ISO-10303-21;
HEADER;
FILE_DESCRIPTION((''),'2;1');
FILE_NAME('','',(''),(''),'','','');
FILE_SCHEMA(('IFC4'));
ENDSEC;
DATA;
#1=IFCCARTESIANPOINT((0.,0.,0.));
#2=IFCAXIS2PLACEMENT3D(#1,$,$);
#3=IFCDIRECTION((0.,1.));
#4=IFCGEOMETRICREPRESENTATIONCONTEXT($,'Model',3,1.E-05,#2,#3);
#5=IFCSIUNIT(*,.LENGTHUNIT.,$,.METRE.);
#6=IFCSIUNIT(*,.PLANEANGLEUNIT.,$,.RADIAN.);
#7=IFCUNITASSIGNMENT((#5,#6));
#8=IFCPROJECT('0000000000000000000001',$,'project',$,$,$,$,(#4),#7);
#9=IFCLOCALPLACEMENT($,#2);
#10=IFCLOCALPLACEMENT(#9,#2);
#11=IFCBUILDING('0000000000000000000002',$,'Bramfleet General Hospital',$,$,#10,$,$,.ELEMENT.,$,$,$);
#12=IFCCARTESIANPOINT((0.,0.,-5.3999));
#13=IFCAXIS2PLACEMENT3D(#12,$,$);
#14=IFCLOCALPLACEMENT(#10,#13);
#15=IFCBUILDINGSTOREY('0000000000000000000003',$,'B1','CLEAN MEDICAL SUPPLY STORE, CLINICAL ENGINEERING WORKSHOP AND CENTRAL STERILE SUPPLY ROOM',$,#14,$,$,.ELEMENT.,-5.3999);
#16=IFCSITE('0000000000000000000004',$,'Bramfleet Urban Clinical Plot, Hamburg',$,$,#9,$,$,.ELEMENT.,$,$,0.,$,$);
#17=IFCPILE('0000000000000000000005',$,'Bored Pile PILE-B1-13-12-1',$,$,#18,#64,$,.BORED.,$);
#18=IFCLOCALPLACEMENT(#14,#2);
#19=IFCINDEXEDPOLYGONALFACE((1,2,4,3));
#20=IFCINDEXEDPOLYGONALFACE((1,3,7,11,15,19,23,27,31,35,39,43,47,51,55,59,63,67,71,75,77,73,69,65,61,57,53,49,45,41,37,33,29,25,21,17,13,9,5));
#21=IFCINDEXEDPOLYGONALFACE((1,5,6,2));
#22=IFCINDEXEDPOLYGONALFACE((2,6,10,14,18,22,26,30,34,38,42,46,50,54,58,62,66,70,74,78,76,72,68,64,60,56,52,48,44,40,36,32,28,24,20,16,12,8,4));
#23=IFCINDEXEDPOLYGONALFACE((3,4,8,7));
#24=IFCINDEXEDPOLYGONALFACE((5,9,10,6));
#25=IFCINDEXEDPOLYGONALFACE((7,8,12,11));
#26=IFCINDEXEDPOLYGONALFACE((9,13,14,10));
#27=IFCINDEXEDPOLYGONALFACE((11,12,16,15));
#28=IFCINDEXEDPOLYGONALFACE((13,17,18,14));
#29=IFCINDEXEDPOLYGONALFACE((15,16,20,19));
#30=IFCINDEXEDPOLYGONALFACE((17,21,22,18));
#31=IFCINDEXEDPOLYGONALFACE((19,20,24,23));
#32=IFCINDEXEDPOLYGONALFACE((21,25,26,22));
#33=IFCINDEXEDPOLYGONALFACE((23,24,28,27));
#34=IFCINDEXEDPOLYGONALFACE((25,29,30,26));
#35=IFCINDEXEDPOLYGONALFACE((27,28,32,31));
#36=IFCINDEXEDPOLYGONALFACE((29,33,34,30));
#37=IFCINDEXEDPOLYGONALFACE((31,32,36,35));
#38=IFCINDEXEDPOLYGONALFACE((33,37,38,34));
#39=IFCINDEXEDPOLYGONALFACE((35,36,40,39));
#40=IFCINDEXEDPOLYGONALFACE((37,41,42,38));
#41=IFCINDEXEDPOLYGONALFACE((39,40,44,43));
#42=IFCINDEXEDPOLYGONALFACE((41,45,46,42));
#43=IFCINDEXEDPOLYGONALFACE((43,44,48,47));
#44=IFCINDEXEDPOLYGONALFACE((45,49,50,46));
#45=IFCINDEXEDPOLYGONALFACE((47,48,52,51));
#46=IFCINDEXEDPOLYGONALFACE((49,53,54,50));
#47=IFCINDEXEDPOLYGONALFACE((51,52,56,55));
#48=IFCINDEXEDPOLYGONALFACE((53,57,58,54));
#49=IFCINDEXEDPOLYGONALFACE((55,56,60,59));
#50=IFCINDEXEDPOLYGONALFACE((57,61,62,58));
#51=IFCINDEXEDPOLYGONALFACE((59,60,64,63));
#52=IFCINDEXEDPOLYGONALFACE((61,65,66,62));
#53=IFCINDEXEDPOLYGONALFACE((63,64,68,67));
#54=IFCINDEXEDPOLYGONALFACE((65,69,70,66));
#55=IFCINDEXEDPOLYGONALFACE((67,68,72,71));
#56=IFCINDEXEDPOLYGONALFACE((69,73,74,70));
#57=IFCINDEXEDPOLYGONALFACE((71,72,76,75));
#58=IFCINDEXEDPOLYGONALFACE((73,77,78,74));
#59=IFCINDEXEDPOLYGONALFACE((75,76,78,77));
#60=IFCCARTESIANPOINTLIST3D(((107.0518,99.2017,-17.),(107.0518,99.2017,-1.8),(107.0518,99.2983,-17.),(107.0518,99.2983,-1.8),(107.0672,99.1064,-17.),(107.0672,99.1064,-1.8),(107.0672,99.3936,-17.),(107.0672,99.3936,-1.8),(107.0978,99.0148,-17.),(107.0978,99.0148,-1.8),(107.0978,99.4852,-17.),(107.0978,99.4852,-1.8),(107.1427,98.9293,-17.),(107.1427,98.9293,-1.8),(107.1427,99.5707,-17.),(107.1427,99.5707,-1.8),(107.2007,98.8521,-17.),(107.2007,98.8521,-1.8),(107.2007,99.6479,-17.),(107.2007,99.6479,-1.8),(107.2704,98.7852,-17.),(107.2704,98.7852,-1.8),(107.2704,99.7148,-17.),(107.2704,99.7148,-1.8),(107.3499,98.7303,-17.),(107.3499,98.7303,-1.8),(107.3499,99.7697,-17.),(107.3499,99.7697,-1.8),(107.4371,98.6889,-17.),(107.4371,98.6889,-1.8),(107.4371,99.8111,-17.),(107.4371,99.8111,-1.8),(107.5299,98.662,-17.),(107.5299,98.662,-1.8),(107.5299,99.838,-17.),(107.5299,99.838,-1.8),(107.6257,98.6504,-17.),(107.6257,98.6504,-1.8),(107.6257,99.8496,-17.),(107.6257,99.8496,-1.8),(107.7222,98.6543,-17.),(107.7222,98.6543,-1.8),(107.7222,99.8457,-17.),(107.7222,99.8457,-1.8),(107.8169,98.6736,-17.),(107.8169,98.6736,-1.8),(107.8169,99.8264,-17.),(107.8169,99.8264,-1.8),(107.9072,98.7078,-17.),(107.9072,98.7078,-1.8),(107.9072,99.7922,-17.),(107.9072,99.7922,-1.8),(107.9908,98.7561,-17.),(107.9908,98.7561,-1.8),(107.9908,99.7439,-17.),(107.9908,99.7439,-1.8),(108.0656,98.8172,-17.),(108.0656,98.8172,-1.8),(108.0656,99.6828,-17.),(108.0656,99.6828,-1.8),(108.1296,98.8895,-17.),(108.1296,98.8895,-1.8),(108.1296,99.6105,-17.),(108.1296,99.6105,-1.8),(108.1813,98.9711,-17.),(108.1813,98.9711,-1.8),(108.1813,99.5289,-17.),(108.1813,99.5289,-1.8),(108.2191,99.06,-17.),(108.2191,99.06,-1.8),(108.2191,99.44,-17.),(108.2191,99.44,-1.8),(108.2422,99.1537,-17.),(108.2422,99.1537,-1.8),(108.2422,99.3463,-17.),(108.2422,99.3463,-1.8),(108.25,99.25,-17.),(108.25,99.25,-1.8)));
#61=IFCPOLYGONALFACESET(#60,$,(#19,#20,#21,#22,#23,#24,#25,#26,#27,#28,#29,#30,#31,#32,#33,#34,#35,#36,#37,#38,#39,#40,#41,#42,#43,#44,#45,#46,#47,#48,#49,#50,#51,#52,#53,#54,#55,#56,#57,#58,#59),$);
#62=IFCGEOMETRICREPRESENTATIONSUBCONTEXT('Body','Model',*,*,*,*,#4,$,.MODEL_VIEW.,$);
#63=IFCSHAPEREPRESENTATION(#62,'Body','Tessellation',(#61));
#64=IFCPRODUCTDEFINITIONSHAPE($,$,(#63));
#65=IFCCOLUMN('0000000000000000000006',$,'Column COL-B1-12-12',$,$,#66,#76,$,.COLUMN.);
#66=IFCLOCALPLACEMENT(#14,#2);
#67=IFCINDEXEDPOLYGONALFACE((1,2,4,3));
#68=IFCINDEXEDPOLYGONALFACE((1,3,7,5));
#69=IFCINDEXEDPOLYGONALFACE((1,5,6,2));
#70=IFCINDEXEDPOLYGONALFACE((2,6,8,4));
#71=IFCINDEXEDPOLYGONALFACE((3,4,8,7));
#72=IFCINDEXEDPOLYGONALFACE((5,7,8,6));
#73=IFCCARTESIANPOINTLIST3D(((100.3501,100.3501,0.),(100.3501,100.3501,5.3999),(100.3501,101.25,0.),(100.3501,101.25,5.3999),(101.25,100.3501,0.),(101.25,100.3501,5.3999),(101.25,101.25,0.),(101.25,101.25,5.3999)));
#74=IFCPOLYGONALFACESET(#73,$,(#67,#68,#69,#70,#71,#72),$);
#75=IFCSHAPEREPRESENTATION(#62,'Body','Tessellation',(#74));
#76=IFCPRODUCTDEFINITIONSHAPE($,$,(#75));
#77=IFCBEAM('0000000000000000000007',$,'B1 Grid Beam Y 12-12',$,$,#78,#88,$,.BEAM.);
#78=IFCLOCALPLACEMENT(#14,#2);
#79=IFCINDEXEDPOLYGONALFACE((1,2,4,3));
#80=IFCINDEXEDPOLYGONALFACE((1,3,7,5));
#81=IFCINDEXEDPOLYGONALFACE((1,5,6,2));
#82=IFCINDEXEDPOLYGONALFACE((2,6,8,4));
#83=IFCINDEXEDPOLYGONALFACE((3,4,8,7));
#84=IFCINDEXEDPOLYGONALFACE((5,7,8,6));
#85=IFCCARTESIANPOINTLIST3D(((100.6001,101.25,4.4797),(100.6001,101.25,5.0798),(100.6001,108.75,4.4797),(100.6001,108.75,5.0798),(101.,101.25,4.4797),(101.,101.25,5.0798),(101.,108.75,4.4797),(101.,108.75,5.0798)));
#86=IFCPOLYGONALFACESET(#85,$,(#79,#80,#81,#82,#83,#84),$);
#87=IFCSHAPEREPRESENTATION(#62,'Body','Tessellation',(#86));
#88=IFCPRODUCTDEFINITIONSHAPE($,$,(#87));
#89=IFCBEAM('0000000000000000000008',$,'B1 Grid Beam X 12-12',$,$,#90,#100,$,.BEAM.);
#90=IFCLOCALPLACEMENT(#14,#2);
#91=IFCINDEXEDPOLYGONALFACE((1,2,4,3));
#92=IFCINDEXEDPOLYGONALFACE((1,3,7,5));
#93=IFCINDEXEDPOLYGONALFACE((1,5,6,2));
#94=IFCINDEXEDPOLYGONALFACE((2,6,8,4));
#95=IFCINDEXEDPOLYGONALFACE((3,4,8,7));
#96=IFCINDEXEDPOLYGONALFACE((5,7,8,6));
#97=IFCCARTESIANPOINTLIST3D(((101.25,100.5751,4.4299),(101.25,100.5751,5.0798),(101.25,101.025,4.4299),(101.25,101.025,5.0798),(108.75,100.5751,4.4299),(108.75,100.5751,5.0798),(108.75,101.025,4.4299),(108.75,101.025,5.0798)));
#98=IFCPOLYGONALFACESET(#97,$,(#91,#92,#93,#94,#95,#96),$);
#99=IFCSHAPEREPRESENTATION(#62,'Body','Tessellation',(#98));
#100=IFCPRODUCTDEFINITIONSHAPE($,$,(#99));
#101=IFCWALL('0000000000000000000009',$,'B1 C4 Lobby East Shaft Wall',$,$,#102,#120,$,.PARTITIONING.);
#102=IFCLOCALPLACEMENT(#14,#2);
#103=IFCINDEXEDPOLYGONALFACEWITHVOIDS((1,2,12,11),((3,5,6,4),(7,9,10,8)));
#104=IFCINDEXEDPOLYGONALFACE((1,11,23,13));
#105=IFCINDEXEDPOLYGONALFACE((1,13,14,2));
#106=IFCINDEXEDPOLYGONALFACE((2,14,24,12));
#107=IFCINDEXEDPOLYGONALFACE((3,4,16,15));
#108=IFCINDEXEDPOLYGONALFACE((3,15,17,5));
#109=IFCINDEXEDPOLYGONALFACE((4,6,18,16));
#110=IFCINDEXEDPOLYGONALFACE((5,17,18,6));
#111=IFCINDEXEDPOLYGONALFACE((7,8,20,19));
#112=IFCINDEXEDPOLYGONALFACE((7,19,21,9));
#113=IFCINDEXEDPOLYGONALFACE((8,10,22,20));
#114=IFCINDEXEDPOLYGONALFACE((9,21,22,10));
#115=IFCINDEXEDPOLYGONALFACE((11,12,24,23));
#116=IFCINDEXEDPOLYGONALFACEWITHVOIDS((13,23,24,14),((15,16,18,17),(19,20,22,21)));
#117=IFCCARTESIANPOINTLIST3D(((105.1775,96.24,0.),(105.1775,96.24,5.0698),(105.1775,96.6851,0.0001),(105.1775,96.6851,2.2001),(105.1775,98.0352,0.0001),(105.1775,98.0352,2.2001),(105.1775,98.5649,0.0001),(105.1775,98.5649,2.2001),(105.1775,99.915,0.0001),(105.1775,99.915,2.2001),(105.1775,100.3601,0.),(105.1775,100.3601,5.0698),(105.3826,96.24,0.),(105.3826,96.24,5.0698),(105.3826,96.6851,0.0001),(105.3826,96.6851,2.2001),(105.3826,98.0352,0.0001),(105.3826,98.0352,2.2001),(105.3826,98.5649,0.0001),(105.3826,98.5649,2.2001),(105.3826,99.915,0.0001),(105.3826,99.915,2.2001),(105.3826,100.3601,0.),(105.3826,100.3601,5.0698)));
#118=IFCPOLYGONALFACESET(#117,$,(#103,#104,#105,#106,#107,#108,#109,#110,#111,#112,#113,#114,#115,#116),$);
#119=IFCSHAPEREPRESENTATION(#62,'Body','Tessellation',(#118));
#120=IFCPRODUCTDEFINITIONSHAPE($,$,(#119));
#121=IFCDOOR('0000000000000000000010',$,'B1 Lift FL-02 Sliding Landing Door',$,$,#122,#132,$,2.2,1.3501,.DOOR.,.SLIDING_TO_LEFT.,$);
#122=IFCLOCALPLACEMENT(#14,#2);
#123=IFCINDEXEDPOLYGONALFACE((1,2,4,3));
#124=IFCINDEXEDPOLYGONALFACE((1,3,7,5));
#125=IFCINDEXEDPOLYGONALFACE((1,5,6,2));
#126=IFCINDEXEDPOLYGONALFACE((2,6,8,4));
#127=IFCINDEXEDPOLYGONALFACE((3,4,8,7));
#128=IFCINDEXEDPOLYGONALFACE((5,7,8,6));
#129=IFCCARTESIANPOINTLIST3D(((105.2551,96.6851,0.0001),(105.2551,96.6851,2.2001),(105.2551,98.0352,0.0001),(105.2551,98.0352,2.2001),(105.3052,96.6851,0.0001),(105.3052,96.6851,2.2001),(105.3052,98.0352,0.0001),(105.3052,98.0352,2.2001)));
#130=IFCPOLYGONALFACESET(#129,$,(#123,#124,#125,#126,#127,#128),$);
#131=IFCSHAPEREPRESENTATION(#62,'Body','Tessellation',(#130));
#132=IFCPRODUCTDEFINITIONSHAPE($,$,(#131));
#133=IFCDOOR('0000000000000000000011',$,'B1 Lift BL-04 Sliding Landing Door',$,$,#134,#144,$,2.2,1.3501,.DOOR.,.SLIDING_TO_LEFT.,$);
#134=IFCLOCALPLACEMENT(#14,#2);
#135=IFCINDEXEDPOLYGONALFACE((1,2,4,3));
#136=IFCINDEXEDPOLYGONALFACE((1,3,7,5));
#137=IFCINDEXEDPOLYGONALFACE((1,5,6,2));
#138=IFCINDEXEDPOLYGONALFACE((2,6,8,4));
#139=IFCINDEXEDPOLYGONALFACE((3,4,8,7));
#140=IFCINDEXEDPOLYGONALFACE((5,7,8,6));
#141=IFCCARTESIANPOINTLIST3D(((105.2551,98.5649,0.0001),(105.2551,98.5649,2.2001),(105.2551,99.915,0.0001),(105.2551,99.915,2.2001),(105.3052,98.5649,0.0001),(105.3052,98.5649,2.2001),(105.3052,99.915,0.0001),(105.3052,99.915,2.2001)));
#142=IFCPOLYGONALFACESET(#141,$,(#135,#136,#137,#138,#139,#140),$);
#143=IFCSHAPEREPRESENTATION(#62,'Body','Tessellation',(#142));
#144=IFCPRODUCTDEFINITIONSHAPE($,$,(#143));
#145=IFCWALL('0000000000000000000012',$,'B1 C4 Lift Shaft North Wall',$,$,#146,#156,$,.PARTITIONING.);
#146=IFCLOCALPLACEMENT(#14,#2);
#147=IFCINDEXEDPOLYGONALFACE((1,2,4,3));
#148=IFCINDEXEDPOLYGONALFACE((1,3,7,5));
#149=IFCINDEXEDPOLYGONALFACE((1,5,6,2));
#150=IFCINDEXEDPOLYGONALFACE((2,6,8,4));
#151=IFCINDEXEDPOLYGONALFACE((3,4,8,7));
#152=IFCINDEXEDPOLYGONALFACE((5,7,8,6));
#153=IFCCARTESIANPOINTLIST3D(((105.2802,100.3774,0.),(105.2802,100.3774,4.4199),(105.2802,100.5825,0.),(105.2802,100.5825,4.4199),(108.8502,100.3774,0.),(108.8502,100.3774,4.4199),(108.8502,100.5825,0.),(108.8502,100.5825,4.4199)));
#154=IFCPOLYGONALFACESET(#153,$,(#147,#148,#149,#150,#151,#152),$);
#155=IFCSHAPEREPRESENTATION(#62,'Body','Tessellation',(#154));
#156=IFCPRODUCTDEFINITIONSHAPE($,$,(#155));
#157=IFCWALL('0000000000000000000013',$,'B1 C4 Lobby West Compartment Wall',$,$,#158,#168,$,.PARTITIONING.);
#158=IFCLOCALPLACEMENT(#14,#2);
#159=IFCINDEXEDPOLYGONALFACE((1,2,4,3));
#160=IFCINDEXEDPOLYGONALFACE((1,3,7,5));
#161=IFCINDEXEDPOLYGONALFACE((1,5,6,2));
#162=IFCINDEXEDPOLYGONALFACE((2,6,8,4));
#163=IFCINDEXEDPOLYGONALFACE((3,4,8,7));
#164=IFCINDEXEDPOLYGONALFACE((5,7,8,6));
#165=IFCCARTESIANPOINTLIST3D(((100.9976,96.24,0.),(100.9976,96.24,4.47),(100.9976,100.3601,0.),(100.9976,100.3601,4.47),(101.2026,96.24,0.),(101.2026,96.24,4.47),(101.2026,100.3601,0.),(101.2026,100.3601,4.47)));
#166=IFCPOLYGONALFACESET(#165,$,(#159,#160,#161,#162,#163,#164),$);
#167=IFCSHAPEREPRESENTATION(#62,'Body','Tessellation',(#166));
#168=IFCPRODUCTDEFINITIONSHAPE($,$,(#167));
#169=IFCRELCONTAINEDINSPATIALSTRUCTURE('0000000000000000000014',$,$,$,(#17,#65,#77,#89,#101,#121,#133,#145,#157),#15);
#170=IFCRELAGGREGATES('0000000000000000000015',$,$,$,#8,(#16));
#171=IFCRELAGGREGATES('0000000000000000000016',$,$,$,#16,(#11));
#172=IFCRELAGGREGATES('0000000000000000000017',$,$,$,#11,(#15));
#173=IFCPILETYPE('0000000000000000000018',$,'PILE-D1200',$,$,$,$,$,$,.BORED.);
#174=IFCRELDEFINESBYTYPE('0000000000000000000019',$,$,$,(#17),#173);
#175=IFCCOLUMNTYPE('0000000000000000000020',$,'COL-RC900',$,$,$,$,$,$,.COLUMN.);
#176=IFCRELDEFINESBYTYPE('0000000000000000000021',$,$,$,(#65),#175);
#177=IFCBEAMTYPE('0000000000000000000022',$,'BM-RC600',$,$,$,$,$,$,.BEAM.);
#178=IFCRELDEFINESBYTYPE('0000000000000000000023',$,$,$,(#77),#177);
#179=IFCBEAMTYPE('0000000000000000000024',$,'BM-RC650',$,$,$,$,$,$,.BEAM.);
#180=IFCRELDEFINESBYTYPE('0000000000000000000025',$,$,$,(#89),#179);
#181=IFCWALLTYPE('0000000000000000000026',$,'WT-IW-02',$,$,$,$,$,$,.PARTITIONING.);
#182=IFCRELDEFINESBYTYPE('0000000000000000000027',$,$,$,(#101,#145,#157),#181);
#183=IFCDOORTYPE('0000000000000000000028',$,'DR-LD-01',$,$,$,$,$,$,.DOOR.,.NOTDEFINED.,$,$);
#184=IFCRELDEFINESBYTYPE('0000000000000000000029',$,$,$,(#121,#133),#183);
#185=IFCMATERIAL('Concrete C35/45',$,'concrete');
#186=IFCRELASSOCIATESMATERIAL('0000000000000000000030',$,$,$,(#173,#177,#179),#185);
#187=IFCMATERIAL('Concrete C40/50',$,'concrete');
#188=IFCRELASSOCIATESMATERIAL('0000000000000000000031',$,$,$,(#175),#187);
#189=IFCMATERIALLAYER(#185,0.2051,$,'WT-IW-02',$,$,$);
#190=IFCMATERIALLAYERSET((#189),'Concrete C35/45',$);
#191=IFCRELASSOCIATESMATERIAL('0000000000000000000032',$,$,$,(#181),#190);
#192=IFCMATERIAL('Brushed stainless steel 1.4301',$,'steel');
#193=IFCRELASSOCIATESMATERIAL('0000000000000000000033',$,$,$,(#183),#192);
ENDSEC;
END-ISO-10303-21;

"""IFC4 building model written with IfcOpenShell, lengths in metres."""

from ifc_helpers import new_model, si_unit, direction, frame, frame_2d, origin, origin_2d, place, context, subcontext, project, spatial, rectangle, circle, extrude, material, layer, layer_set, material_profile, profile_set, type_object, element, fill, save


model = new_model("IFC4")

# Units and contexts
model_context = context("Model", 3, precision=1e-05, world=origin(), true_north=direction((0.0, 1.0)))
body_context = subcontext(model_context, "Body", "Model", "MODEL_VIEW")
ifc_project = project(units=[si_unit("LENGTHUNIT", "METRE"), si_unit("PLANEANGLEUNIT", "RADIAN")], contexts=[model_context])

# Site, building, storey
site_placement = place(None, origin())
site = spatial("IfcSite", under=ifc_project, at=site_placement, Name="Bramfleet Urban Clinical Plot, Hamburg", CompositionType="ELEMENT", RefElevation=0.0)
building_placement = place(site_placement, origin())
building = spatial("IfcBuilding", under=site, at=building_placement, Name="Bramfleet General Hospital", CompositionType="ELEMENT")
storey_placement = place(building_placement, frame((0.0, 0.0, -5.3999)))
storey = spatial("IfcBuildingStorey", under=building, at=storey_placement, Name="B1", Description="CLEAN MEDICAL SUPPLY STORE, CLINICAL ENGINEERING WORKSHOP AND CENTRAL STERILE SUPPLY ROOM", CompositionType="ELEMENT", Elevation=-5.3999)

# Shared definitions
ifc_material_1 = material(Name="Concrete C35/45", Category="concrete")

# Pile
ifc_material_profile_1 = material_profile(ifc_material_1, circle(Radius=0.6001, at=origin_2d()), Name="PILE BORED D1200")
ifc_profile_set_1 = profile_set([ifc_material_profile_1], Name="Concrete C35/45")
pile_type = type_object("IfcPileType", Name="PILE-D1200", PredefinedType="BORED", material=ifc_profile_set_1)
for number, where, z_axis, x_axis, name in (
    (1, (107.6499, 99.25, -1.8), (0.0, 0.0, -1.0), (1.0, 0.0, 0.0), "Bored Pile PILE-B1-13-12-1"),
):
    element("IfcPile", number, at=place(storey_placement, frame(where, z_axis=z_axis, x_axis=x_axis)), inside=storey, type_object=pile_type, Name=name, PredefinedType="BORED", context=body_context, shape_type="SweptSolid", body=[
        extrude(circle(Radius=0.6001, at=origin_2d()), origin(), (0.0, 0.0, 1.0), 15.2),
    ])

# Column
ifc_material_2 = material(Name="Concrete C40/50", Category="concrete")
ifc_material_profile_2 = material_profile(ifc_material_2, rectangle(XDim=0.8999, YDim=0.8999, at=origin_2d()), Name="RC COL 900x900")
ifc_profile_set_2 = profile_set([ifc_material_profile_2], Name="Concrete C40/50")
column_type = type_object("IfcColumnType", Name="COL-RC900", PredefinedType="COLUMN", material=ifc_profile_set_2)
column_placement = place(storey_placement, frame((100.8, 100.8, 0.0), z_axis=(0.0, 0.0, 1.0), x_axis=(1.0, 0.0, 0.0)))
element("IfcColumn", 2, at=column_placement, inside=storey, type_object=column_type, Name="Column COL-B1-12-12", PredefinedType="COLUMN", context=body_context, shape_type="SweptSolid", body=[
    extrude(rectangle(XDim=0.8999, YDim=0.8999, at=origin_2d()), origin(), (0.0, 0.0, 1.0), 5.3999),
])

# Beams
ifc_material_profile_3 = material_profile(ifc_material_1, rectangle(XDim=0.3999, YDim=0.6001, at=origin_2d()), Name="RC BM 600x400")
ifc_profile_set_3 = profile_set([ifc_material_profile_3], Name="Concrete C35/45")
beam_type_1 = type_object("IfcBeamType", Name="BM-RC600", PredefinedType="BEAM", material=ifc_profile_set_3)
beam_1_placement = place(storey_placement, frame((100.8, 101.25, 4.7798), z_axis=(0.0, 1.0, 0.0), x_axis=(-1.0, 0.0, 0.0)))
element("IfcBeam", 3, at=beam_1_placement, inside=storey, type_object=beam_type_1, Name="B1 Grid Beam Y 12-12", PredefinedType="BEAM", context=body_context, shape_type="SweptSolid", body=[
    extrude(rectangle(XDim=0.3999, YDim=0.6001, at=origin_2d()), origin(), (0.0, 0.0, 1.0), 7.5),
])
ifc_material_profile_4 = material_profile(ifc_material_1, rectangle(XDim=0.45, YDim=0.6499, at=origin_2d()), Name="RC BM 650x450")
ifc_profile_set_4 = profile_set([ifc_material_profile_4], Name="Concrete C35/45")
beam_type_2 = type_object("IfcBeamType", Name="BM-RC650", PredefinedType="BEAM", material=ifc_profile_set_4)
beam_2_placement = place(storey_placement, frame((101.25, 100.8, 4.7549), z_axis=(1.0, 0.0, 0.0), x_axis=(0.0, 1.0, 0.0)))
element("IfcBeam", 4, at=beam_2_placement, inside=storey, type_object=beam_type_2, Name="B1 Grid Beam X 12-12", PredefinedType="BEAM", context=body_context, shape_type="SweptSolid", body=[
    extrude(rectangle(XDim=0.45, YDim=0.6499, at=origin_2d()), origin(), (0.0, 0.0, 1.0), 7.5),
])

# Wall, openings, doors
ifc_layer_1 = layer(ifc_material_1, 0.2051, Name="WT-IW-02")
ifc_layer_set_1 = layer_set([ifc_layer_1], Name="Concrete C35/45")
wall_type_1 = type_object("IfcWallType", Name="WT-IW-02", PredefinedType="PARTITIONING", material=ifc_layer_set_1)
wall_1_placement = place(storey_placement, frame((105.28, 96.24, 0.0), z_axis=(0.0, 0.0, 1.0), x_axis=(0.0, 1.0, 0.0)))
wall_1 = element("IfcWall", 5, at=wall_1_placement, inside=storey, type_object=wall_type_1, Name="B1 C4 Lobby East Shaft Wall", PredefinedType="PARTITIONING", context=body_context, shape_type="SweptSolid", body=[
    extrude(rectangle(XDim=4.1201, YDim=0.2051, at=frame_2d((2.0601, 0.0))), origin(), (0.0, 0.0, 1.0), 5.0698),
])
opening_1_placement = place(wall_1_placement, frame((0.4451, 0.0, 0.0)))
opening_1 = element("IfcOpeningElement", 6, at=opening_1_placement, cuts=wall_1, PredefinedType="OPENING", context=body_context, shape_type="SweptSolid", body=[
    extrude(rectangle(XDim=1.3501, YDim=2.2, at=frame_2d((0.675, 1.1001))), frame((0.0, 0.1125, 0.0), z_axis=(0.0, -1.0, 0.0), x_axis=(1.0, 0.0, 0.0)), (0.0, 0.0, 1.0), 0.2251),
])
opening_2_placement = place(wall_1_placement, frame((2.325, 0.0, 0.0)))
opening_2 = element("IfcOpeningElement", 7, at=opening_2_placement, cuts=wall_1, PredefinedType="OPENING", context=body_context, shape_type="SweptSolid", body=[
    extrude(rectangle(XDim=1.3501, YDim=2.2, at=frame_2d((0.675, 1.1001))), frame((0.0, 0.1125, 0.0), z_axis=(0.0, -1.0, 0.0), x_axis=(1.0, 0.0, 0.0)), (0.0, 0.0, 1.0), 0.2251),
])
ifc_material_3 = material(Name="Brushed stainless steel 1.4301", Category="steel")
door_type_1 = type_object("IfcDoorType", Name="DR-LD-01", OperationType="NOTDEFINED", PredefinedType="DOOR", material=ifc_material_3)
door_1_placement = place(opening_1_placement, origin())
door_1 = element("IfcDoor", 8, at=door_1_placement, inside=storey, type_object=door_type_1, Name="B1 Lift FL-02 Sliding Landing Door", OperationType="SLIDING_TO_LEFT", OverallHeight=2.2, OverallWidth=1.3501, PredefinedType="DOOR", context=body_context, shape_type="SweptSolid", body=[
    extrude(rectangle(XDim=1.3501, YDim=2.2, at=frame_2d((0.675, 1.1001))), frame((0.0, 0.0249, 0.0), z_axis=(0.0, -1.0, 0.0), x_axis=(1.0, 0.0, 0.0)), (0.0, 0.0, 1.0), 0.05),
])
fill(opening_1, door_1)
door_2_placement = place(opening_2_placement, origin())
door_2 = element("IfcDoor", 9, at=door_2_placement, inside=storey, type_object=door_type_1, Name="B1 Lift BL-04 Sliding Landing Door", OperationType="SLIDING_TO_LEFT", OverallHeight=2.2, OverallWidth=1.3501, PredefinedType="DOOR", context=body_context, shape_type="SweptSolid", body=[
    extrude(rectangle(XDim=1.3501, YDim=2.2, at=frame_2d((0.675, 1.1001))), frame((0.0, 0.0249, 0.0), z_axis=(0.0, -1.0, 0.0), x_axis=(1.0, 0.0, 0.0)), (0.0, 0.0, 1.0), 0.05),
])
fill(opening_2, door_2)

# Walls
wall_2_placement = place(storey_placement, frame((105.28, 100.48, 0.0), z_axis=(0.0, 0.0, 1.0), x_axis=(1.0, 0.0, 0.0)))
element("IfcWall", 10, at=wall_2_placement, inside=storey, type_object=wall_type_1, Name="B1 C4 Lift Shaft North Wall", PredefinedType="PARTITIONING", context=body_context, shape_type="SweptSolid", body=[
    extrude(rectangle(XDim=3.5701, YDim=0.2051, at=frame_2d((1.7852, 0.0))), origin(), (0.0, 0.0, 1.0), 4.4199),
])
wall_3_placement = place(storey_placement, frame((101.1001, 96.24, 0.0), z_axis=(0.0, 0.0, 1.0), x_axis=(0.0, 1.0, 0.0)))
element("IfcWall", 11, at=wall_3_placement, inside=storey, type_object=wall_type_1, Name="B1 C4 Lobby West Compartment Wall", PredefinedType="PARTITIONING", context=body_context, shape_type="SweptSolid", body=[
    extrude(rectangle(XDim=4.1201, YDim=0.2051, at=frame_2d((2.0601, 0.0))), origin(), (0.0, 0.0, 1.0), 4.47),
])

save(model, "model.ifc")
